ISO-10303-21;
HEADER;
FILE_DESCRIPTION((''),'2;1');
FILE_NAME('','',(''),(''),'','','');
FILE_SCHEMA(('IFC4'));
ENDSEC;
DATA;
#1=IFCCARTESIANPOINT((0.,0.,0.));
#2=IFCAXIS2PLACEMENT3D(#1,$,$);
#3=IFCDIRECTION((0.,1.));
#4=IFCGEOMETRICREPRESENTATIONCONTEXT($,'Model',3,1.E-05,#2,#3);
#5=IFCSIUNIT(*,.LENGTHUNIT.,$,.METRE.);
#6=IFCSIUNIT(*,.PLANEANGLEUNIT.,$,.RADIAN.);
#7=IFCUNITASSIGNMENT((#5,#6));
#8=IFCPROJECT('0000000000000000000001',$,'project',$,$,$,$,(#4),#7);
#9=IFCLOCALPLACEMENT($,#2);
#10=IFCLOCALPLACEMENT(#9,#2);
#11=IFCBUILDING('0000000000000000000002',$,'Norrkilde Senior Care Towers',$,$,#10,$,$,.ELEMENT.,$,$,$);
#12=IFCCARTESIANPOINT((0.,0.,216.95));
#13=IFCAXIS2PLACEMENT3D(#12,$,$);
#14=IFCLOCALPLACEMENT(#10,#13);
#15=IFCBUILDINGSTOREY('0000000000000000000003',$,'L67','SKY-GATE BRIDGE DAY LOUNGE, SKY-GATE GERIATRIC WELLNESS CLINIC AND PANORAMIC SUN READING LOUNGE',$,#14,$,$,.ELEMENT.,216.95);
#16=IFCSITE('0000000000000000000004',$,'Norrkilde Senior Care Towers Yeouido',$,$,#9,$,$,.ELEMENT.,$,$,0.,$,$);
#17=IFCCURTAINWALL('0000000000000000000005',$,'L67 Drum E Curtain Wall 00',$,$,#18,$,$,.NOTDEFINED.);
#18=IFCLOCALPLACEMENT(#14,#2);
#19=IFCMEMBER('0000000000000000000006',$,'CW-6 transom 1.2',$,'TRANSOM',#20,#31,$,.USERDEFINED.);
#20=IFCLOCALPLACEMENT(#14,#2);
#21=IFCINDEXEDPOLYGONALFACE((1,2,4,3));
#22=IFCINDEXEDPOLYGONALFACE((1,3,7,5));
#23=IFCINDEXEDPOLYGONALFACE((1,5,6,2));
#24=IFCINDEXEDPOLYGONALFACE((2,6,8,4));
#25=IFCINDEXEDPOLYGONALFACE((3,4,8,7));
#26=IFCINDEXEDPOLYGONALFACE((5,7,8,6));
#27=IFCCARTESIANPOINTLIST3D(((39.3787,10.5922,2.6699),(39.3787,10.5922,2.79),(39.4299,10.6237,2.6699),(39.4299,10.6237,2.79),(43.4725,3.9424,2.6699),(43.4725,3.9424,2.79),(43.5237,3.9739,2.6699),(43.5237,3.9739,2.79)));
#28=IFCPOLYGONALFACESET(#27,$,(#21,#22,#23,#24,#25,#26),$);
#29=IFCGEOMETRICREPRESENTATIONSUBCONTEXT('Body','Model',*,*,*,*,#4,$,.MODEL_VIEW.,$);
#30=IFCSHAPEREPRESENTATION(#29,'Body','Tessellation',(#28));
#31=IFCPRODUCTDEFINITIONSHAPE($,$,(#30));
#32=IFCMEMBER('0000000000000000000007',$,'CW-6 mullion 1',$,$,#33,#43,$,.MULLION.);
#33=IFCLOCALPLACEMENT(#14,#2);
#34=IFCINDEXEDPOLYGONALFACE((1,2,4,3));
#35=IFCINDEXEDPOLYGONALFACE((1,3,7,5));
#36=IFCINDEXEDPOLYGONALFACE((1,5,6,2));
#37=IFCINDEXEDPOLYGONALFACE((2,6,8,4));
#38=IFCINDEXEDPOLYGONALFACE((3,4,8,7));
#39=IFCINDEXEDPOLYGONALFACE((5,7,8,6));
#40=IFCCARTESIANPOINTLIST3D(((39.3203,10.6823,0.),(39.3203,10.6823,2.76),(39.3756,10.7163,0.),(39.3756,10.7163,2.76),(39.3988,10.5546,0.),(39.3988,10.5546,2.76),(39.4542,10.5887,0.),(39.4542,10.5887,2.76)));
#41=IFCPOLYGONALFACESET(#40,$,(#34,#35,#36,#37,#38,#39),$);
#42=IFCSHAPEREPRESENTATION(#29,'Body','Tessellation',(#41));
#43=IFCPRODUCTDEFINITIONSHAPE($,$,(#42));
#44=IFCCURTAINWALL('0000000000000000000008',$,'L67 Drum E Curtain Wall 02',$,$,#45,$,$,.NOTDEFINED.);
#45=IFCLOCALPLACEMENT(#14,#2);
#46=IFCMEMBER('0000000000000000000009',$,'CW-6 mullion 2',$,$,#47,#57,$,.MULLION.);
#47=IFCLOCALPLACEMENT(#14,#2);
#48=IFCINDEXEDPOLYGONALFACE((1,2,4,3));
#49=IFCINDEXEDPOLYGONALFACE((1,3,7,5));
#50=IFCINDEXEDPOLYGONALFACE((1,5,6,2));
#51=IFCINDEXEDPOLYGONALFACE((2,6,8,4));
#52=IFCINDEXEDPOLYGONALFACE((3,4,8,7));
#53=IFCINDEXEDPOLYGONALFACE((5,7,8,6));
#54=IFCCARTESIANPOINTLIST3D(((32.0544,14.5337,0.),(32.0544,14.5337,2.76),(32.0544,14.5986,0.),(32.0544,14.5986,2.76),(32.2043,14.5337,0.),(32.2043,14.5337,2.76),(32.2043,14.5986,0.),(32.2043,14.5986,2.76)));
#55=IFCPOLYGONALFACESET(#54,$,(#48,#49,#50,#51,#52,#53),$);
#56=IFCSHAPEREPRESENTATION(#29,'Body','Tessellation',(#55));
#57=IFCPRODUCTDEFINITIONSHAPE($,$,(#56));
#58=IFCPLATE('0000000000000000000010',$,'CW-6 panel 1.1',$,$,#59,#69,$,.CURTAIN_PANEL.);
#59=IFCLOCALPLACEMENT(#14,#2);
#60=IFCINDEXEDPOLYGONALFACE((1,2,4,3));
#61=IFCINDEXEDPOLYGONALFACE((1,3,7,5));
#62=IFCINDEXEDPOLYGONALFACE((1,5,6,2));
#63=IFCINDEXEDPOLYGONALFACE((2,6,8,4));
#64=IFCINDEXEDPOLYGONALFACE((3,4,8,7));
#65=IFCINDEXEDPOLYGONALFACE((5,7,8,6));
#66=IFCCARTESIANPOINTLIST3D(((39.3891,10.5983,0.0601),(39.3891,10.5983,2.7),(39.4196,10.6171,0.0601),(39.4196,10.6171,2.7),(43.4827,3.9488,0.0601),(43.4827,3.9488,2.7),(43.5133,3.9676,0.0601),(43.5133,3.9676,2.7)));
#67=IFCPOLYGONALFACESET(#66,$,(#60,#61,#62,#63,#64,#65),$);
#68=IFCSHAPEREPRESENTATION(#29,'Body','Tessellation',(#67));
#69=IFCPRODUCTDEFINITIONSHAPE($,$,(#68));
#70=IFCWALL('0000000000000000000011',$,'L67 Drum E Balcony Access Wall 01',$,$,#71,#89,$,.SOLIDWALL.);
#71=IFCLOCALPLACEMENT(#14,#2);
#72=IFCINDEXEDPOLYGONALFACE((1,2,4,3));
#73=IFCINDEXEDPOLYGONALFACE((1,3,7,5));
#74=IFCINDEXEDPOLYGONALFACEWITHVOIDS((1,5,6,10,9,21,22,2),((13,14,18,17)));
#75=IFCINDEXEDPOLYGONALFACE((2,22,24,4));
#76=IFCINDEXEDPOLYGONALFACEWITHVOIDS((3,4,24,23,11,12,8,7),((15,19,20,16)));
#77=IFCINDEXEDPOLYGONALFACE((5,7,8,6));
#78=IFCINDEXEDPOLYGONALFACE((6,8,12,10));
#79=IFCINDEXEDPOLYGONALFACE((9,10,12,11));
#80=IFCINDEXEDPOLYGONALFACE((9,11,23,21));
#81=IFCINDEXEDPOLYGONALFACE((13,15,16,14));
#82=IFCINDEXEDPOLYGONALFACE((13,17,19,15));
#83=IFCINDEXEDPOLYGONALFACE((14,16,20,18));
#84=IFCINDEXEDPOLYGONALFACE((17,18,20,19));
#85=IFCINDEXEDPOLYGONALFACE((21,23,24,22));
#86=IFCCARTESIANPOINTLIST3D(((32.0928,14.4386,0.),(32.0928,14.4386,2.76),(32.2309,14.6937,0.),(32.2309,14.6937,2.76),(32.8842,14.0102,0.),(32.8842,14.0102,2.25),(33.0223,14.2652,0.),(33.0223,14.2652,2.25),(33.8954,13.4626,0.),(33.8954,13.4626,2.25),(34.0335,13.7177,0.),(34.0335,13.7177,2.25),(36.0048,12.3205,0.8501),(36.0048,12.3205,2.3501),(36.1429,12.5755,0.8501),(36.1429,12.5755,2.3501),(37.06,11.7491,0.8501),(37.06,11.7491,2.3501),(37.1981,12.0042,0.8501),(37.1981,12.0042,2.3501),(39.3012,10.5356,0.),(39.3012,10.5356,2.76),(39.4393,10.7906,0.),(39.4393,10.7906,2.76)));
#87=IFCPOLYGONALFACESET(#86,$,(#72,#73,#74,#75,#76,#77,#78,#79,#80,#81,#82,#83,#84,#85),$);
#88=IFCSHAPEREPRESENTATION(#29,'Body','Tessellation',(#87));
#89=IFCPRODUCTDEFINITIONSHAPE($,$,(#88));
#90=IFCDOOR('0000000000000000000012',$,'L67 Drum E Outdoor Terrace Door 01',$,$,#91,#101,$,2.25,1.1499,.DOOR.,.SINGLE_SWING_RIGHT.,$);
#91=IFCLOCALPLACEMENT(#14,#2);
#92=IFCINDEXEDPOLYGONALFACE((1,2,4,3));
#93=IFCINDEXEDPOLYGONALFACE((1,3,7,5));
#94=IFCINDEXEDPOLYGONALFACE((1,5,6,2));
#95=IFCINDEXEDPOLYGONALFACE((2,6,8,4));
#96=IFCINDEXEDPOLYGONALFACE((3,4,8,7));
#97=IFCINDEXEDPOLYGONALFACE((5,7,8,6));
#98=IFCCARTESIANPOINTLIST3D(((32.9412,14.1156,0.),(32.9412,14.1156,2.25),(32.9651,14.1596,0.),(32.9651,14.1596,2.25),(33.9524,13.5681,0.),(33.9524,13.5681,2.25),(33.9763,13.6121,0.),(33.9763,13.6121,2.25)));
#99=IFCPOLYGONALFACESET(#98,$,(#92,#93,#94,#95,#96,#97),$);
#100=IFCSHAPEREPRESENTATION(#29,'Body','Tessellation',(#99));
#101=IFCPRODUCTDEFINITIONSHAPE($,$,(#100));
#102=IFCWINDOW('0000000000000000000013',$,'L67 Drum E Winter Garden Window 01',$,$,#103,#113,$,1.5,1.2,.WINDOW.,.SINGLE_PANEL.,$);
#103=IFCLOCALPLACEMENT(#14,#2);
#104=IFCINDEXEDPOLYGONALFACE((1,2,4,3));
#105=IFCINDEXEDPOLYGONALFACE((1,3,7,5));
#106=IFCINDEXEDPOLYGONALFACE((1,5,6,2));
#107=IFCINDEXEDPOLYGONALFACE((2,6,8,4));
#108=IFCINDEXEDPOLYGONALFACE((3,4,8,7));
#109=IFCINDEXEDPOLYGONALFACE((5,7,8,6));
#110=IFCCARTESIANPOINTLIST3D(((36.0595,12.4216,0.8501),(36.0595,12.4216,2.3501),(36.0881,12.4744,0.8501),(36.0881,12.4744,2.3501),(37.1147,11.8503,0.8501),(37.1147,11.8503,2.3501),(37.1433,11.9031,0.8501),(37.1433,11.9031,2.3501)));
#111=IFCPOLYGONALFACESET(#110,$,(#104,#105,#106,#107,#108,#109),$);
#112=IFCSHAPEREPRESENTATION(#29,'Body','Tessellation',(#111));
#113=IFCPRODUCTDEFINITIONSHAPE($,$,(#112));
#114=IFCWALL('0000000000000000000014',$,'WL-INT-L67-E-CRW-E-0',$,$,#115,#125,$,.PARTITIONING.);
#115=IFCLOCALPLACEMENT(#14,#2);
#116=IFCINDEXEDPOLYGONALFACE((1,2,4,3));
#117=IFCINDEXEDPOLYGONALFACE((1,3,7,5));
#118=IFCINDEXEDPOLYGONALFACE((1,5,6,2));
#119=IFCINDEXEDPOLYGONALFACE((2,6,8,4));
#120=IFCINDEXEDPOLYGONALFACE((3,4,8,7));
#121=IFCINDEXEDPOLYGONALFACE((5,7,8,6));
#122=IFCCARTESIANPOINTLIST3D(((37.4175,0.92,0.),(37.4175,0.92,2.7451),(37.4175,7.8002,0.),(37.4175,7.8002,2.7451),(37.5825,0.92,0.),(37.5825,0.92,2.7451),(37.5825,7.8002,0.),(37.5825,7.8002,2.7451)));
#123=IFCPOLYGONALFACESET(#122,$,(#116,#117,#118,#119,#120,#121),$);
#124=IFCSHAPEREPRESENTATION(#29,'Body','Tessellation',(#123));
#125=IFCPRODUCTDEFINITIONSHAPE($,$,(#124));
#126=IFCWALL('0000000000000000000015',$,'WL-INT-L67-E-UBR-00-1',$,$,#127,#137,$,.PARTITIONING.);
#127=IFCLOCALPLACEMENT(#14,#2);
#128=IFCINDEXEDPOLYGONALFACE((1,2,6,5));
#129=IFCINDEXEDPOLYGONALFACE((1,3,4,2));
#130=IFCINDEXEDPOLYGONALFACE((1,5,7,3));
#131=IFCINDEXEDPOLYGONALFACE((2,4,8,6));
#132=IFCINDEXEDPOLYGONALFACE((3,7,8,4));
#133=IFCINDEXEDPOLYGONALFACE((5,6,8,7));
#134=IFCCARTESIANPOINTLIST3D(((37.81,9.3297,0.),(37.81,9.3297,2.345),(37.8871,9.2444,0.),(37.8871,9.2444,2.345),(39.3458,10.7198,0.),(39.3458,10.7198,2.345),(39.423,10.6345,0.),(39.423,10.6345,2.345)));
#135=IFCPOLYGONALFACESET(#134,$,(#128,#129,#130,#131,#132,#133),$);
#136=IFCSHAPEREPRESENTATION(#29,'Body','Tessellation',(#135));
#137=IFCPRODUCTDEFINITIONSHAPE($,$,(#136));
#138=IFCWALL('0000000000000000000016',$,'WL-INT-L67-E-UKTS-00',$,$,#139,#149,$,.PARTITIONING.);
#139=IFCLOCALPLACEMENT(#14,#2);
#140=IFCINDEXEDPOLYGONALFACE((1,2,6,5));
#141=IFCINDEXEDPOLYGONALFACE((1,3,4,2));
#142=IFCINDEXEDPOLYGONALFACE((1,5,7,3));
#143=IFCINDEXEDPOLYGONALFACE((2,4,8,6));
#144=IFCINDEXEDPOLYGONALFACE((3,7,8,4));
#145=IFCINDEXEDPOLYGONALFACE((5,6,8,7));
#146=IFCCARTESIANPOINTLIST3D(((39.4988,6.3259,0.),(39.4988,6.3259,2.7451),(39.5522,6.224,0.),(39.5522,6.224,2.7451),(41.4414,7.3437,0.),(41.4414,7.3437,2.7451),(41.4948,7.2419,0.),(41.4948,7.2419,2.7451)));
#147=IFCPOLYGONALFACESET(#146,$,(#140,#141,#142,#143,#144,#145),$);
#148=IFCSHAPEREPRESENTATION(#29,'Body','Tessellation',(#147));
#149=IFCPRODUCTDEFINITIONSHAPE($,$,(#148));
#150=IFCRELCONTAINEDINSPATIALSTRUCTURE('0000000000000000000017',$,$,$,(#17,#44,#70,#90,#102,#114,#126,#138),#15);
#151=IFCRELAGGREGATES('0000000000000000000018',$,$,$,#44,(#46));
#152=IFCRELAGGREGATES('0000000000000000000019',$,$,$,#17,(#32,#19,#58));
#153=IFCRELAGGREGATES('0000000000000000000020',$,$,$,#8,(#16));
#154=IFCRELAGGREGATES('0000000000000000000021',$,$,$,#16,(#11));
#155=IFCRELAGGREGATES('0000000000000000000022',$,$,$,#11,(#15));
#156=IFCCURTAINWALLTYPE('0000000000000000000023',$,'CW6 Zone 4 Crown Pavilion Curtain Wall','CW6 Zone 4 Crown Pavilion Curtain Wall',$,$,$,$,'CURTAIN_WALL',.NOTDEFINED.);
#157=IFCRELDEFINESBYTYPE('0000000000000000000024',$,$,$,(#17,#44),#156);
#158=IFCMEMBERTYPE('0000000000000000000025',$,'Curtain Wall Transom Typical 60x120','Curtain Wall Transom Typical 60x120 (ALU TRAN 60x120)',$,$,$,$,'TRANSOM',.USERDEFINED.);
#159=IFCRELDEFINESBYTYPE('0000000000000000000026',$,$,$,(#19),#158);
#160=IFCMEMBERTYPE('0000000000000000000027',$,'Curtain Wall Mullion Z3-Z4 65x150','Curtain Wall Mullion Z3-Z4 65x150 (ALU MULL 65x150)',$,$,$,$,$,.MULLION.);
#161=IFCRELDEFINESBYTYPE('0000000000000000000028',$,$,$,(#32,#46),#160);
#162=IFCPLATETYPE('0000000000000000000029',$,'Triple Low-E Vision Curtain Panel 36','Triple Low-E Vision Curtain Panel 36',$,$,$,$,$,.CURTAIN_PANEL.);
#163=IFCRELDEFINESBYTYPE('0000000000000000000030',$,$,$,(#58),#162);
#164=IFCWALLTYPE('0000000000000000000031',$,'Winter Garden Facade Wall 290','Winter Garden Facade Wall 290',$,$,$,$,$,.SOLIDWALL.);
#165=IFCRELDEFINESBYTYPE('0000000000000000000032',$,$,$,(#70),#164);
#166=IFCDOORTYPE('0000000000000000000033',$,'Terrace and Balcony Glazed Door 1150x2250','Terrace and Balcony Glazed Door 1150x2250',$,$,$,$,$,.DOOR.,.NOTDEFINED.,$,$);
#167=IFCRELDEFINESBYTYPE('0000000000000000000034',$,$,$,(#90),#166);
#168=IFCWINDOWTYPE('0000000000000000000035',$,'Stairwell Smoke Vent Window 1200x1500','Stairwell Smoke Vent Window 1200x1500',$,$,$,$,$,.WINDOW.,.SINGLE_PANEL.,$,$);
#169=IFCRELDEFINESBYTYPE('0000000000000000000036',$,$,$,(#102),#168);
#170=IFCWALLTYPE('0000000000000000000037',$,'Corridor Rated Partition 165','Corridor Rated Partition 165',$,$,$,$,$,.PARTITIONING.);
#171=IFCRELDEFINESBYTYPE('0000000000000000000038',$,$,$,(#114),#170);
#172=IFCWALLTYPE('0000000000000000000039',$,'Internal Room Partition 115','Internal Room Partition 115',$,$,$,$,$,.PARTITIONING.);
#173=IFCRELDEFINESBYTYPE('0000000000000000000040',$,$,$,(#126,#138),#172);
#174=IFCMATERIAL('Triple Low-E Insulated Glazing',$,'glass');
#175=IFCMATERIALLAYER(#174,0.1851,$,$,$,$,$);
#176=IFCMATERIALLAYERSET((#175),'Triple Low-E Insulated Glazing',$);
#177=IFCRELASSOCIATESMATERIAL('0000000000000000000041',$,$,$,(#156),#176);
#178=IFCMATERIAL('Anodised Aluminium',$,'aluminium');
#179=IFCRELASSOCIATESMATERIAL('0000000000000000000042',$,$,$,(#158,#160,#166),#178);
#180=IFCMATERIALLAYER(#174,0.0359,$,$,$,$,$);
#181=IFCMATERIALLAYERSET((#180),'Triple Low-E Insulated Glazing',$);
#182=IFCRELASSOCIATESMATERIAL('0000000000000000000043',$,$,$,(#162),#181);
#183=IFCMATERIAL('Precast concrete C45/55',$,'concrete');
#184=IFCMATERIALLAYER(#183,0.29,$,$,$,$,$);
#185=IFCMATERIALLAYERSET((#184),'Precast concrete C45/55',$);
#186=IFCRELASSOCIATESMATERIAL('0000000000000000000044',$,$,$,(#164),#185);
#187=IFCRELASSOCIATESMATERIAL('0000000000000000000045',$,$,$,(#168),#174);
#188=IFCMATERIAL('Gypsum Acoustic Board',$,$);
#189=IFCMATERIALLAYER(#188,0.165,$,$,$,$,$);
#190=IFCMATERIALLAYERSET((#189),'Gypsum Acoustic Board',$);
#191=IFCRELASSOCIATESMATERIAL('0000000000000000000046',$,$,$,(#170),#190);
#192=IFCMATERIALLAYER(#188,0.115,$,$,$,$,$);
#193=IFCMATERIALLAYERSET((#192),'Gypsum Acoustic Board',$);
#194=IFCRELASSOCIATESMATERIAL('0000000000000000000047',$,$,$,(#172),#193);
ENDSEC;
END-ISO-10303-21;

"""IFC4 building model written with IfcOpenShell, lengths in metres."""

from ifc_helpers import new_model, si_unit, direction, frame, frame_2d, origin, origin_2d, place, context, subcontext, project, spatial, rectangle, extrude, source, transform, mapped, material, layer, layer_set, material_profile, profile_set, type_object, type_shapes, element, fill, aggregate, save


model = new_model("IFC4")

# Units and contexts
model_context = context("Model", 3, precision=1e-05, world=origin(), true_north=direction((0.0, 1.0)))
body_context = subcontext(model_context, "Body", "Model", "MODEL_VIEW")
ifc_project = project(units=[si_unit("LENGTHUNIT", "METRE"), si_unit("PLANEANGLEUNIT", "RADIAN")], contexts=[model_context])

# Site, building, storey
site_placement = place(None, origin())
site = spatial("IfcSite", under=ifc_project, at=site_placement, Name="Norrkilde Senior Care Towers Yeouido", CompositionType="ELEMENT", RefElevation=0.0)
building_placement = place(site_placement, origin())
building = spatial("IfcBuilding", under=site, at=building_placement, Name="Norrkilde Senior Care Towers", CompositionType="ELEMENT")
storey_placement = place(building_placement, frame((0.0, 0.0, 216.95)))
storey = spatial("IfcBuildingStorey", under=building, at=storey_placement, Name="L67", Description="SKY-GATE BRIDGE DAY LOUNGE, SKY-GATE GERIATRIC WELLNESS CLINIC AND PANORAMIC SUN READING LOUNGE", CompositionType="ELEMENT", Elevation=216.95)

# Curtain wall, members
ifc_material_1 = material(Name="Triple Low-E Insulated Glazing", Category="glass")
ifc_layer_1 = layer(ifc_material_1, 0.1851)
ifc_layer_set_1 = layer_set([ifc_layer_1], Name="Triple Low-E Insulated Glazing")
curtain_wall_type = type_object("IfcCurtainWallType", Name="CW6 Zone 4 Crown Pavilion Curtain Wall", Description="CW6 Zone 4 Crown Pavilion Curtain Wall", ElementType="CURTAIN_WALL", PredefinedType="NOTDEFINED", material=ifc_layer_set_1)
curtain_wall_1_placement = place(storey_placement, origin())
curtain_wall_1 = element("IfcCurtainWall", 1, at=curtain_wall_1_placement, inside=storey, type_object=curtain_wall_type, Name="L67 Drum E Curtain Wall 00", PredefinedType="NOTDEFINED")
ifc_material_2 = material(Name="Anodised Aluminium", Category="aluminium")
ifc_material_profile_1 = material_profile(ifc_material_2, rectangle(XDim=0.0601, YDim=0.1201, at=origin_2d()), Name="ALU TRAN 60x120")
ifc_profile_set_1 = profile_set([ifc_material_profile_1], Name="Anodised Aluminium")
member_type_1 = type_object("IfcMemberType", Name="Curtain Wall Transom Typical 60x120", Description="Curtain Wall Transom Typical 60x120 (ALU TRAN 60x120)", ElementType="TRANSOM", PredefinedType="USERDEFINED", material=ifc_profile_set_1)
shared_shape_1 = source(origin(), body_context, "Body", "SweptSolid", [
    extrude(rectangle(XDim=0.0601, YDim=0.1201, at=origin_2d()), origin(), (0.0, 0.0, 1.0), 7.8088),
])
type_shapes(member_type_1, [shared_shape_1])
member_1_placement = place(storey_placement, frame((39.4043, 10.6079, 2.73), z_axis=(0.524251, -0.851564, 0.0), x_axis=(0.851564, 0.524251, 0.0)))
member_1 = element("IfcMember", 2, at=member_1_placement, type_object=member_type_1, Name="CW-6 transom 1.2", ObjectType="TRANSOM", PredefinedType="USERDEFINED", context=body_context, shape_type="MappedRepresentation", body=[
    mapped(shared_shape_1, transform((0.0, 0.0, 0.0), x_axis=(1.0, 0.0, 0.0), y_axis=(0.0, 1.0, 0.0), z_axis=(0.0, 0.0, 1.0), scale=1.0)),
])
ifc_material_profile_2 = material_profile(ifc_material_2, rectangle(XDim=0.0649, YDim=0.1499, at=origin_2d()), Name="ALU MULL 65x150")
ifc_profile_set_2 = profile_set([ifc_material_profile_2], Name="Anodised Aluminium")
member_type_2 = type_object("IfcMemberType", Name="Curtain Wall Mullion Z3-Z4 65x150", Description="Curtain Wall Mullion Z3-Z4 65x150 (ALU MULL 65x150)", PredefinedType="MULLION", material=ifc_profile_set_2)
shared_shape_2 = source(origin(), body_context, "Body", "SweptSolid", [
    extrude(rectangle(XDim=0.0649, YDim=0.1499, at=origin_2d()), origin(), (0.0, 0.0, 1.0), 2.76),
])
type_shapes(member_type_2, [shared_shape_2])
member_2_placement = place(storey_placement, frame((39.3872, 10.6355, 0.0), z_axis=(0.0, 0.0, 1.0), x_axis=(0.851563, 0.524253, 0.0)))
member_2 = element("IfcMember", 3, at=member_2_placement, type_object=member_type_2, Name="CW-6 mullion 1", PredefinedType="MULLION", context=body_context, shape_type="MappedRepresentation", body=[
    mapped(shared_shape_2, transform((0.0, 0.0, 0.0), x_axis=(1.0, 0.0, 0.0), y_axis=(0.0, 1.0, 0.0), z_axis=(0.0, 0.0, 1.0), scale=1.0)),
])

# Curtain wall, member
curtain_wall_2_placement = place(storey_placement, origin())
curtain_wall_2 = element("IfcCurtainWall", 4, at=curtain_wall_2_placement, inside=storey, type_object=curtain_wall_type, Name="L67 Drum E Curtain Wall 02", PredefinedType="NOTDEFINED")
member_3_placement = place(storey_placement, frame((32.1294, 14.5662, 0.0), z_axis=(0.0, 0.0, 1.0), x_axis=(0.0, 1.0, 0.0)))
member_3 = element("IfcMember", 5, at=member_3_placement, type_object=member_type_2, Name="CW-6 mullion 2", PredefinedType="MULLION", context=body_context, shape_type="MappedRepresentation", body=[
    mapped(shared_shape_2, transform((0.0, 0.0, 0.0), x_axis=(1.0, 0.0, 0.0), y_axis=(0.0, 1.0, 0.0), z_axis=(0.0, 0.0, 1.0), scale=1.0)),
])
aggregate(curtain_wall_2, [member_3])

# Plate
ifc_layer_2 = layer(ifc_material_1, 0.0359)
ifc_layer_set_2 = layer_set([ifc_layer_2], Name="Triple Low-E Insulated Glazing")
plate_type = type_object("IfcPlateType", Name="Triple Low-E Vision Curtain Panel 36", Description="Triple Low-E Vision Curtain Panel 36", PredefinedType="CURTAIN_PANEL", material=ifc_layer_set_2)
shared_shape_3 = source(origin(), body_context, "Body", "SweptSolid", [
    extrude(rectangle(XDim=7.8086, YDim=0.0359, at=origin_2d()), origin(), (0.0, 0.0, 1.0), 2.6399),
])
type_shapes(plate_type, [shared_shape_3])
plate_placement = place(storey_placement, frame((41.4512, 7.283, 0.0601), z_axis=(0.0, 0.0, 1.0), x_axis=(0.524253, -0.851563, 0.0)))
plate = element("IfcPlate", 6, at=plate_placement, type_object=plate_type, Name="CW-6 panel 1.1", PredefinedType="CURTAIN_PANEL", context=body_context, shape_type="MappedRepresentation", body=[
    mapped(shared_shape_3, transform((0.0, 0.0, 0.0), x_axis=(1.0, 0.0, 0.0), y_axis=(0.0, 1.0, 0.0), z_axis=(0.0, 0.0, 1.0), scale=1.0)),
])
aggregate(curtain_wall_1, [member_2, member_1, plate])

# Wall, openings, door, window
ifc_material_3 = material(Name="Precast concrete C45/55", Category="concrete")
ifc_layer_3 = layer(ifc_material_3, 0.29)
ifc_layer_set_3 = layer_set([ifc_layer_3], Name="Precast concrete C45/55")
wall_type_1 = type_object("IfcWallType", Name="Winter Garden Facade Wall 290", Description="Winter Garden Facade Wall 290", PredefinedType="SOLIDWALL", material=ifc_layer_set_3)
shared_shape_4 = source(origin(), body_context, "Body", "SweptSolid", [
    extrude(rectangle(XDim=8.1973, YDim=0.29, at=frame_2d((4.0986, 0.0))), origin(), (0.0, 0.0, 1.0), 2.76),
])
type_shapes(wall_type_1, [shared_shape_4])
wall_1_placement = place(storey_placement, frame((32.1619, 14.5662, 0.0), z_axis=(0.0, 0.0, 1.0), x_axis=(0.87937, -0.476139, 0.0)))
wall_1 = element("IfcWall", 7, at=wall_1_placement, inside=storey, type_object=wall_type_1, Name="L67 Drum E Balcony Access Wall 01", PredefinedType="SOLIDWALL", context=body_context, shape_type="MappedRepresentation", body=[
    mapped(shared_shape_4, transform((0.0, 0.0, 0.0), x_axis=(1.0, 0.0, 0.0), y_axis=(0.0, 1.0, 0.0), z_axis=(0.0, 0.0, 1.0), scale=1.0)),
])
opening_1_placement = place(wall_1_placement, frame((0.8999, 0.0, 0.0)))
opening_1 = element("IfcOpeningElement", 8, at=opening_1_placement, cuts=wall_1, PredefinedType="OPENING", context=body_context, shape_type="SweptSolid", body=[
    extrude(rectangle(XDim=1.1499, YDim=2.25, at=frame_2d((0.575, 1.125))), frame((0.0, 0.155, 0.0), z_axis=(0.0, -1.0, 0.0), x_axis=(1.0, 0.0, 0.0)), (0.0, 0.0, 1.0), 0.3101),
])
opening_2_placement = place(wall_1_placement, frame((4.4485, 0.0, 0.8501)))
opening_2 = element("IfcOpeningElement", 9, at=opening_2_placement, cuts=wall_1, PredefinedType="OPENING", context=body_context, shape_type="SweptSolid", body=[
    extrude(rectangle(XDim=1.2, YDim=1.5, at=frame_2d((0.6001, 0.75))), frame((0.0, 0.155, 0.0), z_axis=(0.0, -1.0, 0.0), x_axis=(1.0, 0.0, 0.0)), (0.0, 0.0, 1.0), 0.3101),
])
door_type_1 = type_object("IfcDoorType", Name="Terrace and Balcony Glazed Door 1150x2250", Description="Terrace and Balcony Glazed Door 1150x2250", OperationType="NOTDEFINED", PredefinedType="DOOR", material=ifc_material_2)
shared_shape_5 = source(origin(), body_context, "Body", "SweptSolid", [
    extrude(rectangle(XDim=1.1499, YDim=2.25, at=frame_2d((0.575, 1.125))), frame((0.0, 0.0249, 0.0), z_axis=(0.0, -1.0, 0.0), x_axis=(1.0, 0.0, 0.0)), (0.0, 0.0, 1.0), 0.05),
])
type_shapes(door_type_1, [shared_shape_5])
door_1_placement = place(opening_1_placement, origin())
door_1 = element("IfcDoor", 10, at=door_1_placement, inside=storey, type_object=door_type_1, Name="L67 Drum E Outdoor Terrace Door 01", OperationType="SINGLE_SWING_RIGHT", OverallHeight=2.25, OverallWidth=1.1499, PredefinedType="DOOR", context=body_context, shape_type="MappedRepresentation", body=[
    mapped(shared_shape_5, transform((0.0, 0.0, 0.0), x_axis=(1.0, 0.0, 0.0), y_axis=(0.0, 1.0, 0.0), z_axis=(0.0, 0.0, 1.0), scale=1.0)),
])
fill(opening_1, door_1)
window_type = type_object("IfcWindowType", Name="Stairwell Smoke Vent Window 1200x1500", Description="Stairwell Smoke Vent Window 1200x1500", PartitioningType="SINGLE_PANEL", PredefinedType="WINDOW", material=ifc_material_1)
shared_shape_6 = source(origin(), body_context, "Body", "SweptSolid", [
    extrude(rectangle(XDim=1.2, YDim=1.5, at=frame_2d((0.6001, 0.75))), frame((0.0, 0.03, 0.0), z_axis=(0.0, -1.0, 0.0), x_axis=(1.0, 0.0, 0.0)), (0.0, 0.0, 1.0), 0.0601),
])
type_shapes(window_type, [shared_shape_6])
window_placement = place(opening_2_placement, origin())
window = element("IfcWindow", 11, at=window_placement, inside=storey, type_object=window_type, Name="L67 Drum E Winter Garden Window 01", OverallHeight=1.5, OverallWidth=1.2, PartitioningType="SINGLE_PANEL", PredefinedType="WINDOW", context=body_context, shape_type="MappedRepresentation", body=[
    mapped(shared_shape_6, transform((0.0, 0.0, 0.0), x_axis=(1.0, 0.0, 0.0), y_axis=(0.0, 1.0, 0.0), z_axis=(0.0, 0.0, 1.0), scale=1.0)),
])
fill(opening_2, window)

# Walls
ifc_material_4 = material(Name="Gypsum Acoustic Board")
ifc_layer_4 = layer(ifc_material_4, 0.165)
ifc_layer_set_4 = layer_set([ifc_layer_4], Name="Gypsum Acoustic Board")
wall_type_2 = type_object("IfcWallType", Name="Corridor Rated Partition 165", Description="Corridor Rated Partition 165", PredefinedType="PARTITIONING", material=ifc_layer_set_4)
shared_shape_7 = source(origin(), body_context, "Body", "SweptSolid", [
    extrude(rectangle(XDim=6.8801, YDim=0.165, at=frame_2d((3.4399, 0.0))), origin(), (0.0, 0.0, 1.0), 2.7451),
])
type_shapes(wall_type_2, [shared_shape_7])
wall_2_placement = place(storey_placement, frame((37.5, 7.8, 0.0), z_axis=(0.0, 0.0, 1.0), x_axis=(0.0, -1.0, 0.0)))
element("IfcWall", 12, at=wall_2_placement, inside=storey, type_object=wall_type_2, Name="WL-INT-L67-E-CRW-E-0", PredefinedType="PARTITIONING", context=body_context, shape_type="MappedRepresentation", body=[
    mapped(shared_shape_7, transform((0.0, 0.0, 0.0), x_axis=(1.0, 0.0, 0.0), y_axis=(0.0, 1.0, 0.0), z_axis=(0.0, 0.0, 1.0), scale=1.0)),
])
ifc_layer_5 = layer(ifc_material_4, 0.115)
ifc_layer_set_5 = layer_set([ifc_layer_5], Name="Gypsum Acoustic Board")
wall_type_3 = type_object("IfcWallType", Name="Internal Room Partition 115", Description="Internal Room Partition 115", PredefinedType="PARTITIONING", material=ifc_layer_set_5)
shared_shape_8 = source(origin(), body_context, "Body", "SweptSolid", [
    extrude(rectangle(XDim=2.0715, YDim=0.115, at=frame_2d((1.0356, 0.0))), origin(), (0.0, 0.0, 1.0), 2.345),
])
wall_3_placement = place(storey_placement, frame((37.8486, 9.2871, 0.0), z_axis=(0.0, 0.0, 1.0), x_axis=(0.74141, 0.671052, 0.0)))
element("IfcWall", 13, at=wall_3_placement, inside=storey, type_object=wall_type_3, Name="WL-INT-L67-E-UBR-00-1", PredefinedType="PARTITIONING", context=body_context, shape_type="MappedRepresentation", body=[
    mapped(shared_shape_8, transform((0.0, 0.0, 0.0), x_axis=(1.0, 0.0, 0.0), y_axis=(0.0, 1.0, 0.0), z_axis=(0.0, 0.0, 1.0), scale=1.0)),
])
shared_shape_9 = source(origin(), body_context, "Body", "SweptSolid", [
    extrude(rectangle(XDim=2.1931, YDim=0.115, at=frame_2d((1.0967, 0.0))), origin(), (0.0, 0.0, 1.0), 2.7451),
])
wall_4_placement = place(storey_placement, frame((39.5254, 6.2749, 0.0), z_axis=(0.0, 0.0, 1.0), x_axis=(0.885784, 0.464099, 0.0)))
element("IfcWall", 14, at=wall_4_placement, inside=storey, type_object=wall_type_3, Name="WL-INT-L67-E-UKTS-00", PredefinedType="PARTITIONING", context=body_context, shape_type="MappedRepresentation", body=[
    mapped(shared_shape_9, transform((0.0, 0.0, 0.0), x_axis=(1.0, 0.0, 0.0), y_axis=(0.0, 1.0, 0.0), z_axis=(0.0, 0.0, 1.0), scale=1.0)),
])

save(model, "model.ifc")
